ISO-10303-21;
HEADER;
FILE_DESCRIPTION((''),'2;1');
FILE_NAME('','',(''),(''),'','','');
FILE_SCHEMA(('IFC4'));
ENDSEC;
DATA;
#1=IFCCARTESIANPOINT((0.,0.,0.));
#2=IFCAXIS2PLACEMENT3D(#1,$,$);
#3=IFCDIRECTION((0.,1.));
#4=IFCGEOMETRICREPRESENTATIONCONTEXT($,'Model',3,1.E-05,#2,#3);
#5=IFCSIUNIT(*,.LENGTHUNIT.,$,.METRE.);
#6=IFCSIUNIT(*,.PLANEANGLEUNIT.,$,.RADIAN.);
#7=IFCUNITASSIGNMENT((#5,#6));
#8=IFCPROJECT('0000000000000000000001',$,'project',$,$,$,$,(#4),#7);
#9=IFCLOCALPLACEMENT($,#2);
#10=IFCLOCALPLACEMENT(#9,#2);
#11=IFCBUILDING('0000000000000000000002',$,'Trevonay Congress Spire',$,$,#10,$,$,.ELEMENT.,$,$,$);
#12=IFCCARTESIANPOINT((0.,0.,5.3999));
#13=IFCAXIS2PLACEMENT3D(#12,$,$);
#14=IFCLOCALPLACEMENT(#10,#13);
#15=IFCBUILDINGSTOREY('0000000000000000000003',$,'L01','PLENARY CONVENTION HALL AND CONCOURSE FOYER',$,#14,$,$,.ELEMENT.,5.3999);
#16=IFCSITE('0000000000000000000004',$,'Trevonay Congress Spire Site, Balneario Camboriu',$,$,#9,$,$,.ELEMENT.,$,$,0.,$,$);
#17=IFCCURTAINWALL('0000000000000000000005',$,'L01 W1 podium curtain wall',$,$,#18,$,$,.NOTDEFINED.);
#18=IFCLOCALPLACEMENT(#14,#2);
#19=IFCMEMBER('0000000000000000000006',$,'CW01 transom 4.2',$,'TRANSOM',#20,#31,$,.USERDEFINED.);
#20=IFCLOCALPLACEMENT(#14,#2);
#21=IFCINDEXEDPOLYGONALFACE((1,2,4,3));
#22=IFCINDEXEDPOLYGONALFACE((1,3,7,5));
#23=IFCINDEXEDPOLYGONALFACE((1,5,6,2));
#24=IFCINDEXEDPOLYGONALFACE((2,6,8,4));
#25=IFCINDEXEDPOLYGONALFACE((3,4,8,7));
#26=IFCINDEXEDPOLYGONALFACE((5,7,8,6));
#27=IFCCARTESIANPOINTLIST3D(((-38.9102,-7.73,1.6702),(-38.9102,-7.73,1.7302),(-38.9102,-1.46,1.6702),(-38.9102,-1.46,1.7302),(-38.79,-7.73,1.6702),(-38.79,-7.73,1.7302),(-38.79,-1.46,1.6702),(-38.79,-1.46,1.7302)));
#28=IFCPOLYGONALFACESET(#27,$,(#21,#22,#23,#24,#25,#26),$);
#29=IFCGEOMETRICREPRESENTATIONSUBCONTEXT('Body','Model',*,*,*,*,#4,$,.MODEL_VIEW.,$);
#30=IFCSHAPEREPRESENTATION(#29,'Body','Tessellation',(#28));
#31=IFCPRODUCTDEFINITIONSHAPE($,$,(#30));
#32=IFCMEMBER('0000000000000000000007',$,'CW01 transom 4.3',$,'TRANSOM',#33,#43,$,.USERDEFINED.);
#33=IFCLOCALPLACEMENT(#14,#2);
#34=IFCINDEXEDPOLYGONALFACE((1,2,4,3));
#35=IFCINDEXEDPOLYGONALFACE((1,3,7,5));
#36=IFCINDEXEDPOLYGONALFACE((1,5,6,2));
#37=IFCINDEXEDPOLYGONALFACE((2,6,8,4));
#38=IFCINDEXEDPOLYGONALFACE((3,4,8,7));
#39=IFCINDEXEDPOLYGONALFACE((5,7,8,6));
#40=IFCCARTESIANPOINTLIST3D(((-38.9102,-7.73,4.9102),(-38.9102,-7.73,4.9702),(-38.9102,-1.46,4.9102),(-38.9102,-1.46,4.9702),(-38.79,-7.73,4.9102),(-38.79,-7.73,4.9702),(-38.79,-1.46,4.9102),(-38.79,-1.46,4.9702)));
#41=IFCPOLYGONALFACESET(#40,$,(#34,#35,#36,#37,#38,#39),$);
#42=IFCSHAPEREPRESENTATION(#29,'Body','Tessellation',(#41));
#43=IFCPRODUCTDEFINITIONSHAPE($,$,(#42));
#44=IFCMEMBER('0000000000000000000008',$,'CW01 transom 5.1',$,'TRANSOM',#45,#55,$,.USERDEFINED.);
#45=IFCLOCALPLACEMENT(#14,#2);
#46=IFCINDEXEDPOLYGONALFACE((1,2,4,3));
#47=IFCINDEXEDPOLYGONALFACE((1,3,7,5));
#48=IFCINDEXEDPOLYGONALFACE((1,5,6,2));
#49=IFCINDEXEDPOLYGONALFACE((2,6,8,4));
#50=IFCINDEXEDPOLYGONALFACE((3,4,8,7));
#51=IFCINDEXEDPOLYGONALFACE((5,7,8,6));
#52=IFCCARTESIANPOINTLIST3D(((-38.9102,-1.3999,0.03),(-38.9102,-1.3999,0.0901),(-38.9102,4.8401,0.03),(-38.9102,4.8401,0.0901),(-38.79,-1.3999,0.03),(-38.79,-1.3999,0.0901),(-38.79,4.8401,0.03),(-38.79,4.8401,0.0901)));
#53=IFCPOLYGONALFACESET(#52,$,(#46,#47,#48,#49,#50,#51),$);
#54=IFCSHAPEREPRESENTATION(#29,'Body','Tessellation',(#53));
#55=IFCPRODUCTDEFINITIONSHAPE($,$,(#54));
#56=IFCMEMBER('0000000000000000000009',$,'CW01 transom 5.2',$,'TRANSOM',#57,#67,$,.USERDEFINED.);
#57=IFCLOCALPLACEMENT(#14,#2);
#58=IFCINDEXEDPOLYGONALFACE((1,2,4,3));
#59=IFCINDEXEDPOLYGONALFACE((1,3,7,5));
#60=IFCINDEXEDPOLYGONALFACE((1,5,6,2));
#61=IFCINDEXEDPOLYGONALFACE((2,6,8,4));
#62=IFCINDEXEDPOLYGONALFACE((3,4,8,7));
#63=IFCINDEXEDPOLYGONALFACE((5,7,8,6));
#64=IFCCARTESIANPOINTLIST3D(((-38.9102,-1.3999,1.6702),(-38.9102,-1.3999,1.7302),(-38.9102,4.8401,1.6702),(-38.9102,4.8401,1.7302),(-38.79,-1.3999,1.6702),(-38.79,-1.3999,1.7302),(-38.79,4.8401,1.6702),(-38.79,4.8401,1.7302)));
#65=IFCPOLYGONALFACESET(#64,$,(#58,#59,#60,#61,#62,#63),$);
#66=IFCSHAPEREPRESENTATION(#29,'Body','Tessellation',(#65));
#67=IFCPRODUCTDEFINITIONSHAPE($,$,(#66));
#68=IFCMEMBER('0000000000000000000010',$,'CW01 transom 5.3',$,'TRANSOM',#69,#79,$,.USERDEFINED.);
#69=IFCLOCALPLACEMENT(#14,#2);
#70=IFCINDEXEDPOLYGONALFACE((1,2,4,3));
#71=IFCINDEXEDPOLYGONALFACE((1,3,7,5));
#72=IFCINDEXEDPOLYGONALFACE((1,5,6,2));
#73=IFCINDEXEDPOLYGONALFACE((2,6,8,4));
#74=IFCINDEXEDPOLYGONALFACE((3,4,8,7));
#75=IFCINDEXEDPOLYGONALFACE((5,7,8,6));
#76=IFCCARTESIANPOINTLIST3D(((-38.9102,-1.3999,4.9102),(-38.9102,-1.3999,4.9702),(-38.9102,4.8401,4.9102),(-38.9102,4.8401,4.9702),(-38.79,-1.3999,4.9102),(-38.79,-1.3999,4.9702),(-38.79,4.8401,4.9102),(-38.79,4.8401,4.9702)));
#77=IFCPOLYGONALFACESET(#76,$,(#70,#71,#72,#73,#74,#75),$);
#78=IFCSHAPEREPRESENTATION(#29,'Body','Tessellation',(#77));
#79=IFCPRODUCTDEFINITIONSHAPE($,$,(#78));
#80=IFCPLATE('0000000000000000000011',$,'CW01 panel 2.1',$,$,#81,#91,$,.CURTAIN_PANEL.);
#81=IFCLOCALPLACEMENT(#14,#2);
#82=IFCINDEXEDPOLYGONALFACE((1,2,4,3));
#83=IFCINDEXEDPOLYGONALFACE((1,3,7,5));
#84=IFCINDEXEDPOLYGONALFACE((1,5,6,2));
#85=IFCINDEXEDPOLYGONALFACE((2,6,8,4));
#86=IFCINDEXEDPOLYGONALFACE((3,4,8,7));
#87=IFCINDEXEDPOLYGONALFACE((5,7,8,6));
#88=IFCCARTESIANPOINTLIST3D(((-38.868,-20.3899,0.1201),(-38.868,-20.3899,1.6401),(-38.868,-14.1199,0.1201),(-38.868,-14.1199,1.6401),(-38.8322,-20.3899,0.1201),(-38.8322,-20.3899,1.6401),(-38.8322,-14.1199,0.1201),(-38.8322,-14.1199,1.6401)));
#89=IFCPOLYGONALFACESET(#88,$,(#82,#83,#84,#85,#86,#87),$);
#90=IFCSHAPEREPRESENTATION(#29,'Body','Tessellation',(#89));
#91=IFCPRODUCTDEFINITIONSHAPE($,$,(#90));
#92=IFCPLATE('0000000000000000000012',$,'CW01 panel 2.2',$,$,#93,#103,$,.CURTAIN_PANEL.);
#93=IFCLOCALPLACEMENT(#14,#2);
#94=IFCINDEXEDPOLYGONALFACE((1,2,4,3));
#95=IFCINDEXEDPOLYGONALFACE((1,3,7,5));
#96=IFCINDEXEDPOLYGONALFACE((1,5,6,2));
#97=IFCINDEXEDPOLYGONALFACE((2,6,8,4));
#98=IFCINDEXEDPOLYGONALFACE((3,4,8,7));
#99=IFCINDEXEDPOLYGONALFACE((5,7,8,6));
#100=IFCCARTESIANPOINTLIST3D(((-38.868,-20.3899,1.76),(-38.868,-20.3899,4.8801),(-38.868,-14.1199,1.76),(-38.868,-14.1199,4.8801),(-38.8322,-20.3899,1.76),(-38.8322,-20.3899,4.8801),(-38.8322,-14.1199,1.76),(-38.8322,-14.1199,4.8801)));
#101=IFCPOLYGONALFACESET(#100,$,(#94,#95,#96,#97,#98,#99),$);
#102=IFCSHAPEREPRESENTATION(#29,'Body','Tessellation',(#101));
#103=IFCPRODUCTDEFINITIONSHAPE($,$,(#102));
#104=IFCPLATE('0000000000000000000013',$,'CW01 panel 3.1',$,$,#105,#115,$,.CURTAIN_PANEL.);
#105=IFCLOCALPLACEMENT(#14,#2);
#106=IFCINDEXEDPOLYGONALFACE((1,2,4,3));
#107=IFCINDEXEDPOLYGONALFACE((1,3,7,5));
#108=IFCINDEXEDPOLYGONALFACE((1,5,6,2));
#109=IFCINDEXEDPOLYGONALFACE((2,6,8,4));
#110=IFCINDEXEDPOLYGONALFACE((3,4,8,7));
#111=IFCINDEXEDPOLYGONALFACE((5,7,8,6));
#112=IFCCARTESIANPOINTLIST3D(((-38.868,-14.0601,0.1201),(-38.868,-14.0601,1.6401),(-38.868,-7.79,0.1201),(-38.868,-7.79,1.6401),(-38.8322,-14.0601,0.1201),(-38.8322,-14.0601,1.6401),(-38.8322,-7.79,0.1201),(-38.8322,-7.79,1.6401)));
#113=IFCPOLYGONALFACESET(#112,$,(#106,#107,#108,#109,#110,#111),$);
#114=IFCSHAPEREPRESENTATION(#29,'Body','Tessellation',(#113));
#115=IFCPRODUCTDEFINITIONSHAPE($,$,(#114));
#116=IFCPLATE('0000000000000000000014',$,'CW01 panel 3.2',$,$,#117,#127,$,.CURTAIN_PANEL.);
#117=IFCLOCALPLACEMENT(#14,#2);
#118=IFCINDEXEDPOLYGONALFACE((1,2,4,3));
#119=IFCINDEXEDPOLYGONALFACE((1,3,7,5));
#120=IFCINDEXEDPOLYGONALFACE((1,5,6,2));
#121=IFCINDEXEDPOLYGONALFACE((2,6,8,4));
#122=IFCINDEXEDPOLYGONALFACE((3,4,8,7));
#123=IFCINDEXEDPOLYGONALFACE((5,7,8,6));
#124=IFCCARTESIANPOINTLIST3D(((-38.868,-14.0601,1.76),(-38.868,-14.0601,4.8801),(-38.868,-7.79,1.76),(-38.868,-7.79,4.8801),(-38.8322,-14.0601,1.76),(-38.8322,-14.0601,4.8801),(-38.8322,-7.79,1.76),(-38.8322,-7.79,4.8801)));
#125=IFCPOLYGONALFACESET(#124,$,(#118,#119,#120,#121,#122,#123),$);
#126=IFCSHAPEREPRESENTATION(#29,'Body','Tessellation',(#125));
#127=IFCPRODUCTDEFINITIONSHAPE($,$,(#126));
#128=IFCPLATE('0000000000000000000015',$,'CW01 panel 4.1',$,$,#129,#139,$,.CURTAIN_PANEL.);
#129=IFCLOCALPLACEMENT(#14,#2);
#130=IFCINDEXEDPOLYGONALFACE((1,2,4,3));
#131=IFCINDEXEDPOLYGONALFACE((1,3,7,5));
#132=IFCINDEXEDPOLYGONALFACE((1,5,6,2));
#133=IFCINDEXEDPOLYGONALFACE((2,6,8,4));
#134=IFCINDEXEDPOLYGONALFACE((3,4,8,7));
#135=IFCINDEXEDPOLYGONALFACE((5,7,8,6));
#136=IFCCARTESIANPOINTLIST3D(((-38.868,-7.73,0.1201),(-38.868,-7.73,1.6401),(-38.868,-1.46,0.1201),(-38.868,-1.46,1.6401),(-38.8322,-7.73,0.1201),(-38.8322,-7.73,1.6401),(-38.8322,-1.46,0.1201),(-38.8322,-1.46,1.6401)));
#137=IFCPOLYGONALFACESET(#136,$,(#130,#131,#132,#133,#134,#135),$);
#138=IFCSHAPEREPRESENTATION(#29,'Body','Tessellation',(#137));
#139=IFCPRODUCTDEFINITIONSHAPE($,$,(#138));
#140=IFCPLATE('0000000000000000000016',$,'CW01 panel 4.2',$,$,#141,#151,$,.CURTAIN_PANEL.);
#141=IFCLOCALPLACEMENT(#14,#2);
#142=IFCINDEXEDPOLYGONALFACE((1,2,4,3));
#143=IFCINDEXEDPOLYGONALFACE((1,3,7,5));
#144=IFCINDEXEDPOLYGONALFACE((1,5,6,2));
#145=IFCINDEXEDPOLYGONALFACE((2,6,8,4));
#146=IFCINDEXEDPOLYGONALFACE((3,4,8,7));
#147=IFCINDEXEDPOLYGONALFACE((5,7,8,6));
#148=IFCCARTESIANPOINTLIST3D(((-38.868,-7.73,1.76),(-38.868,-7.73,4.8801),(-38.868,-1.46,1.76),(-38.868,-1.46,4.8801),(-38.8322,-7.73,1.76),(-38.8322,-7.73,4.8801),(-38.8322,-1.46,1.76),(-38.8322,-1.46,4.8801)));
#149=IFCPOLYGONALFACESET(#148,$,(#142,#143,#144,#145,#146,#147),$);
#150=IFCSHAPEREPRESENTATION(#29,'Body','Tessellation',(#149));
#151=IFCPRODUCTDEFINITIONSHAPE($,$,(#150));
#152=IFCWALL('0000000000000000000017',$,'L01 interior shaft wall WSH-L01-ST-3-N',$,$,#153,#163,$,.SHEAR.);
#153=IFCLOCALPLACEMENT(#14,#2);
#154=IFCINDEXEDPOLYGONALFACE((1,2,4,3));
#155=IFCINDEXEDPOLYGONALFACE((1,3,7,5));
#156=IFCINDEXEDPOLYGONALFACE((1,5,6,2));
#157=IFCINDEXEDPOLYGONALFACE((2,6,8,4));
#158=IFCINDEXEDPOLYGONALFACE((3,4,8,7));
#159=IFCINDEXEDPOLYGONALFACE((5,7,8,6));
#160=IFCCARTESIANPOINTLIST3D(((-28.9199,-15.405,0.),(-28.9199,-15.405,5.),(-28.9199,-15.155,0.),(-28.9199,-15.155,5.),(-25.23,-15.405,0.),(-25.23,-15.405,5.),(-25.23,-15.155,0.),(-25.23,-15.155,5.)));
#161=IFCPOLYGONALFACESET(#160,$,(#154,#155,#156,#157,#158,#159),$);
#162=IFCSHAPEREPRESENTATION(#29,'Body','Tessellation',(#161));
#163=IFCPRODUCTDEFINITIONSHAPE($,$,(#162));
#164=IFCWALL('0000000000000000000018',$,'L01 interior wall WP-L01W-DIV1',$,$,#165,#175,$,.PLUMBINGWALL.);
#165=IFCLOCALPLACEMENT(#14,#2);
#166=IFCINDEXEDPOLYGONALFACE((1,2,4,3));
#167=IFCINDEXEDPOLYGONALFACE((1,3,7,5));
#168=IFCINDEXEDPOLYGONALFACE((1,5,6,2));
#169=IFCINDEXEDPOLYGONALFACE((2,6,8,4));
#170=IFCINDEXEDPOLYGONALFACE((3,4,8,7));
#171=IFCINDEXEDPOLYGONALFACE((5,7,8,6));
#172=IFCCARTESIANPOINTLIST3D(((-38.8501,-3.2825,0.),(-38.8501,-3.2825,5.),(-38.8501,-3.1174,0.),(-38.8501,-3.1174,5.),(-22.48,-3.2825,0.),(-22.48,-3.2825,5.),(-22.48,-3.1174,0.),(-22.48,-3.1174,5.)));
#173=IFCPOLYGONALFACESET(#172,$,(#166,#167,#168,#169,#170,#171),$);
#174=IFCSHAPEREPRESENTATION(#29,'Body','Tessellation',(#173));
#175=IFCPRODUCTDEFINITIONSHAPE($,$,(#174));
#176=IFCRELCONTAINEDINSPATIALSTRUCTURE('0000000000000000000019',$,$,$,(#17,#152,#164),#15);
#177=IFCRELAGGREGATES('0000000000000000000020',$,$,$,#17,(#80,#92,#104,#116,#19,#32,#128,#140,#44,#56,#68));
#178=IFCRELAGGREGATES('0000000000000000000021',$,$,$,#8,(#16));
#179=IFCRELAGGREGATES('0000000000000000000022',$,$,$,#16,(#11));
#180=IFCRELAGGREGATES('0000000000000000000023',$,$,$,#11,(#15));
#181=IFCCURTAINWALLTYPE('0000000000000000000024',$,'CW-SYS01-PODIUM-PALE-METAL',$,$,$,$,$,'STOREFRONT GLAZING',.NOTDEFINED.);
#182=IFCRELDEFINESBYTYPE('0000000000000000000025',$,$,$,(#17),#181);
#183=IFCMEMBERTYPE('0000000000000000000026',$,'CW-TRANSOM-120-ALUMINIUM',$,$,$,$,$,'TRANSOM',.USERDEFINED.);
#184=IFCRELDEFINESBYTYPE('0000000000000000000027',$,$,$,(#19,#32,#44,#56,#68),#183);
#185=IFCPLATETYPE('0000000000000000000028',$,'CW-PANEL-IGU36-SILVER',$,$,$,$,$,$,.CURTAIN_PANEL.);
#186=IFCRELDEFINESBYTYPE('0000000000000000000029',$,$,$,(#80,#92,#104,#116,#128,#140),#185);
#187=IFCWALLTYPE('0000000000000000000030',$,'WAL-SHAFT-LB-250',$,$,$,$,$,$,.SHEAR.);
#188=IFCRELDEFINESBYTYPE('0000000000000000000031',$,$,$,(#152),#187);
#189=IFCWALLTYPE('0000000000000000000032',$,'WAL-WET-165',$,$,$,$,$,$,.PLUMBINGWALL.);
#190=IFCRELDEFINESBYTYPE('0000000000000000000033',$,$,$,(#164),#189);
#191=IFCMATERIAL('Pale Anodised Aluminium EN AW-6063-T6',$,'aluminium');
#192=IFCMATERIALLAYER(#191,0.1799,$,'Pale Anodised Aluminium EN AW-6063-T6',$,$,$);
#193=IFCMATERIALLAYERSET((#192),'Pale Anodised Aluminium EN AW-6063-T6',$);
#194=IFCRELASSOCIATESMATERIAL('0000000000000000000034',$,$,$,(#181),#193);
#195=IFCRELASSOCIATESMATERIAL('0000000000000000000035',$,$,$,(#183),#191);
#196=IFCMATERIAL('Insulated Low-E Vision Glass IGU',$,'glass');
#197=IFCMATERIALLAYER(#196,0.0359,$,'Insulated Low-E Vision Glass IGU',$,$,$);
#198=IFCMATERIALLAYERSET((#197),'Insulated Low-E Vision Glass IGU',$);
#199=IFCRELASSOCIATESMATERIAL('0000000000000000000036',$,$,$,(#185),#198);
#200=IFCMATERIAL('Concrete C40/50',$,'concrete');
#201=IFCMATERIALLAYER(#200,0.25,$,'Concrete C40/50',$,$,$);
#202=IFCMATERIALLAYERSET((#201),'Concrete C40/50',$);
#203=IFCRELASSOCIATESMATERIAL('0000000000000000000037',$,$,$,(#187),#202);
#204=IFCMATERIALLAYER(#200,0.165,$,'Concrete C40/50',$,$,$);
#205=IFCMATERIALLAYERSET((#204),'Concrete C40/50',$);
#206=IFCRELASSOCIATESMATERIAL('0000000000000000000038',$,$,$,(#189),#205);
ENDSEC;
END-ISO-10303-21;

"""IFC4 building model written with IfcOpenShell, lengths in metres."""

from ifc_helpers import new_model, si_unit, direction, frame, frame_2d, origin, origin_2d, place, context, subcontext, project, spatial, rectangle, extrude, material, layer, layer_set, material_profile, profile_set, type_object, element, aggregate, save


model = new_model("IFC4")

# Units and contexts
model_context = context("Model", 3, precision=1e-05, world=origin(), true_north=direction((0.0, 1.0)))
body_context = subcontext(model_context, "Body", "Model", "MODEL_VIEW")
ifc_project = project(units=[si_unit("LENGTHUNIT", "METRE"), si_unit("PLANEANGLEUNIT", "RADIAN")], contexts=[model_context])

# Site, building, storey
site_placement = place(None, origin())
site = spatial("IfcSite", under=ifc_project, at=site_placement, Name="Trevonay Congress Spire Site, Balneario Camboriu", CompositionType="ELEMENT", RefElevation=0.0)
building_placement = place(site_placement, origin())
building = spatial("IfcBuilding", under=site, at=building_placement, Name="Trevonay Congress Spire", CompositionType="ELEMENT")
storey_placement = place(building_placement, frame((0.0, 0.0, 5.3999)))
storey = spatial("IfcBuildingStorey", under=building, at=storey_placement, Name="L01", Description="PLENARY CONVENTION HALL AND CONCOURSE FOYER", CompositionType="ELEMENT", Elevation=5.3999)

# Curtain wall, members, plates
ifc_material_1 = material(Name="Pale Anodised Aluminium EN AW-6063-T6", Category="aluminium")
ifc_layer_1 = layer(ifc_material_1, 0.1799, Name="Pale Anodised Aluminium EN AW-6063-T6")
ifc_layer_set_1 = layer_set([ifc_layer_1], Name="Pale Anodised Aluminium EN AW-6063-T6")
curtain_wall_type = type_object("IfcCurtainWallType", Name="CW-SYS01-PODIUM-PALE-METAL", ElementType="STOREFRONT GLAZING", PredefinedType="NOTDEFINED", material=ifc_layer_set_1)
curtain_wall_placement = place(storey_placement, origin())
curtain_wall = element("IfcCurtainWall", 1, at=curtain_wall_placement, inside=storey, type_object=curtain_wall_type, Name="L01 W1 podium curtain wall", PredefinedType="NOTDEFINED")
ifc_material_profile_1 = material_profile(ifc_material_1, rectangle(XDim=0.1201, YDim=0.0601, at=origin_2d()), Name="CW-TRANSOM-120-ALUMINIUM")
ifc_profile_set_1 = profile_set([ifc_material_profile_1], Name="Pale Anodised Aluminium EN AW-6063-T6")
member_type_1 = type_object("IfcMemberType", Name="CW-TRANSOM-120-ALUMINIUM", ElementType="TRANSOM", PredefinedType="USERDEFINED", material=ifc_profile_set_1)
member_1_placement = place(storey_placement, frame((-38.8501, -7.73, 1.7002), z_axis=(0.0, 1.0, 0.0), x_axis=(-1.0, 0.0, 0.0)))
member_1 = element("IfcMember", 2, at=member_1_placement, type_object=member_type_1, Name="CW01 transom 4.2", ObjectType="TRANSOM", PredefinedType="USERDEFINED", context=body_context, shape_type="SweptSolid", body=[
    extrude(rectangle(XDim=0.1201, YDim=0.0601, at=origin_2d()), origin(), (0.0, 0.0, 1.0), 6.27),
])
member_2_placement = place(storey_placement, frame((-38.8501, -7.73, 4.9402), z_axis=(0.0, 1.0, 0.0), x_axis=(-1.0, 0.0, 0.0)))
member_2 = element("IfcMember", 3, at=member_2_placement, type_object=member_type_1, Name="CW01 transom 4.3", ObjectType="TRANSOM", PredefinedType="USERDEFINED", context=body_context, shape_type="SweptSolid", body=[
    extrude(rectangle(XDim=0.1201, YDim=0.0601, at=origin_2d()), origin(), (0.0, 0.0, 1.0), 6.27),
])
member_3_placement = place(storey_placement, frame((-38.8501, -1.3999, 0.0601), z_axis=(0.0, 1.0, 0.0), x_axis=(-1.0, 0.0, 0.0)))
member_3 = element("IfcMember", 4, at=member_3_placement, type_object=member_type_1, Name="CW01 transom 5.1", ObjectType="TRANSOM", PredefinedType="USERDEFINED", context=body_context, shape_type="SweptSolid", body=[
    extrude(rectangle(XDim=0.1201, YDim=0.0601, at=origin_2d()), origin(), (0.0, 0.0, 1.0), 6.24),
])
member_4_placement = place(storey_placement, frame((-38.8501, -1.3999, 1.7002), z_axis=(0.0, 1.0, 0.0), x_axis=(-1.0, 0.0, 0.0)))
member_4 = element("IfcMember", 5, at=member_4_placement, type_object=member_type_1, Name="CW01 transom 5.2", ObjectType="TRANSOM", PredefinedType="USERDEFINED", context=body_context, shape_type="SweptSolid", body=[
    extrude(rectangle(XDim=0.1201, YDim=0.0601, at=origin_2d()), origin(), (0.0, 0.0, 1.0), 6.24),
])
member_5_placement = place(storey_placement, frame((-38.8501, -1.3999, 4.9402), z_axis=(0.0, 1.0, 0.0), x_axis=(-1.0, 0.0, 0.0)))
member_5 = element("IfcMember", 6, at=member_5_placement, type_object=member_type_1, Name="CW01 transom 5.3", ObjectType="TRANSOM", PredefinedType="USERDEFINED", context=body_context, shape_type="SweptSolid", body=[
    extrude(rectangle(XDim=0.1201, YDim=0.0601, at=origin_2d()), origin(), (0.0, 0.0, 1.0), 6.24),
])
ifc_material_2 = material(Name="Insulated Low-E Vision Glass IGU", Category="glass")
ifc_layer_2 = layer(ifc_material_2, 0.0359, Name="Insulated Low-E Vision Glass IGU")
ifc_layer_set_2 = layer_set([ifc_layer_2], Name="Insulated Low-E Vision Glass IGU")
plate_type = type_object("IfcPlateType", Name="CW-PANEL-IGU36-SILVER", PredefinedType="CURTAIN_PANEL", material=ifc_layer_set_2)
plate_1_placement = place(storey_placement, frame((-38.8501, -17.2549, 0.1201), z_axis=(0.0, 0.0, 1.0), x_axis=(0.0, 1.0, 0.0)))
plate_1 = element("IfcPlate", 7, at=plate_1_placement, type_object=plate_type, Name="CW01 panel 2.1", PredefinedType="CURTAIN_PANEL", context=body_context, shape_type="SweptSolid", body=[
    extrude(rectangle(XDim=6.27, YDim=0.0359, at=origin_2d()), origin(), (0.0, 0.0, 1.0), 1.52),
])
plate_2_placement = place(storey_placement, frame((-38.8501, -17.2549, 1.76), z_axis=(0.0, 0.0, 1.0), x_axis=(0.0, 1.0, 0.0)))
plate_2 = element("IfcPlate", 8, at=plate_2_placement, type_object=plate_type, Name="CW01 panel 2.2", PredefinedType="CURTAIN_PANEL", context=body_context, shape_type="SweptSolid", body=[
    extrude(rectangle(XDim=6.27, YDim=0.0359, at=origin_2d()), origin(), (0.0, 0.0, 1.0), 3.1201),
])
plate_3_placement = place(storey_placement, frame((-38.8501, -10.925, 0.1201), z_axis=(0.0, 0.0, 1.0), x_axis=(0.0, 1.0, 0.0)))
plate_3 = element("IfcPlate", 9, at=plate_3_placement, type_object=plate_type, Name="CW01 panel 3.1", PredefinedType="CURTAIN_PANEL", context=body_context, shape_type="SweptSolid", body=[
    extrude(rectangle(XDim=6.27, YDim=0.0359, at=origin_2d()), origin(), (0.0, 0.0, 1.0), 1.52),
])
plate_4_placement = place(storey_placement, frame((-38.8501, -10.925, 1.76), z_axis=(0.0, 0.0, 1.0), x_axis=(0.0, 1.0, 0.0)))
plate_4 = element("IfcPlate", 10, at=plate_4_placement, type_object=plate_type, Name="CW01 panel 3.2", PredefinedType="CURTAIN_PANEL", context=body_context, shape_type="SweptSolid", body=[
    extrude(rectangle(XDim=6.27, YDim=0.0359, at=origin_2d()), origin(), (0.0, 0.0, 1.0), 3.1201),
])
plate_5_placement = place(storey_placement, frame((-38.8501, -4.595, 0.1201), z_axis=(0.0, 0.0, 1.0), x_axis=(0.0, 1.0, 0.0)))
plate_5 = element("IfcPlate", 11, at=plate_5_placement, type_object=plate_type, Name="CW01 panel 4.1", PredefinedType="CURTAIN_PANEL", context=body_context, shape_type="SweptSolid", body=[
    extrude(rectangle(XDim=6.27, YDim=0.0359, at=origin_2d()), origin(), (0.0, 0.0, 1.0), 1.52),
])
plate_6_placement = place(storey_placement, frame((-38.8501, -4.595, 1.76), z_axis=(0.0, 0.0, 1.0), x_axis=(0.0, 1.0, 0.0)))
plate_6 = element("IfcPlate", 12, at=plate_6_placement, type_object=plate_type, Name="CW01 panel 4.2", PredefinedType="CURTAIN_PANEL", context=body_context, shape_type="SweptSolid", body=[
    extrude(rectangle(XDim=6.27, YDim=0.0359, at=origin_2d()), origin(), (0.0, 0.0, 1.0), 3.1201),
])
aggregate(curtain_wall, [plate_1, plate_2, plate_3, plate_4, member_1, member_2, plate_5, plate_6, member_3, member_4, member_5])

# Walls
ifc_material_3 = material(Name="Concrete C40/50", Category="concrete")
ifc_layer_3 = layer(ifc_material_3, 0.25, Name="Concrete C40/50")
ifc_layer_set_3 = layer_set([ifc_layer_3], Name="Concrete C40/50")
wall_type_1 = type_object("IfcWallType", Name="WAL-SHAFT-LB-250", PredefinedType="SHEAR", material=ifc_layer_set_3)
wall_1_placement = place(storey_placement, frame((-28.9199, -15.28, 0.0), z_axis=(0.0, 0.0, 1.0), x_axis=(1.0, 0.0, 0.0)))
element("IfcWall", 13, at=wall_1_placement, inside=storey, type_object=wall_type_1, Name="L01 interior shaft wall WSH-L01-ST-3-N", PredefinedType="SHEAR", context=body_context, shape_type="SweptSolid", body=[
    extrude(rectangle(XDim=3.6899, YDim=0.25, at=frame_2d((1.845, 0.0))), origin(), (0.0, 0.0, 1.0), 5.0),
])
ifc_layer_4 = layer(ifc_material_3, 0.165, Name="Concrete C40/50")
ifc_layer_set_4 = layer_set([ifc_layer_4], Name="Concrete C40/50")
wall_type_2 = type_object("IfcWallType", Name="WAL-WET-165", PredefinedType="PLUMBINGWALL", material=ifc_layer_set_4)
wall_2_placement = place(storey_placement, frame((-38.8501, -3.2, 0.0), z_axis=(0.0, 0.0, 1.0), x_axis=(1.0, 0.0, 0.0)))
element("IfcWall", 14, at=wall_2_placement, inside=storey, type_object=wall_type_2, Name="L01 interior wall WP-L01W-DIV1", PredefinedType="PLUMBINGWALL", context=body_context, shape_type="SweptSolid", body=[
    extrude(rectangle(XDim=16.3701, YDim=0.165, at=frame_2d((8.1851, 0.0))), origin(), (0.0, 0.0, 1.0), 5.0),
])

save(model, "model.ifc")
